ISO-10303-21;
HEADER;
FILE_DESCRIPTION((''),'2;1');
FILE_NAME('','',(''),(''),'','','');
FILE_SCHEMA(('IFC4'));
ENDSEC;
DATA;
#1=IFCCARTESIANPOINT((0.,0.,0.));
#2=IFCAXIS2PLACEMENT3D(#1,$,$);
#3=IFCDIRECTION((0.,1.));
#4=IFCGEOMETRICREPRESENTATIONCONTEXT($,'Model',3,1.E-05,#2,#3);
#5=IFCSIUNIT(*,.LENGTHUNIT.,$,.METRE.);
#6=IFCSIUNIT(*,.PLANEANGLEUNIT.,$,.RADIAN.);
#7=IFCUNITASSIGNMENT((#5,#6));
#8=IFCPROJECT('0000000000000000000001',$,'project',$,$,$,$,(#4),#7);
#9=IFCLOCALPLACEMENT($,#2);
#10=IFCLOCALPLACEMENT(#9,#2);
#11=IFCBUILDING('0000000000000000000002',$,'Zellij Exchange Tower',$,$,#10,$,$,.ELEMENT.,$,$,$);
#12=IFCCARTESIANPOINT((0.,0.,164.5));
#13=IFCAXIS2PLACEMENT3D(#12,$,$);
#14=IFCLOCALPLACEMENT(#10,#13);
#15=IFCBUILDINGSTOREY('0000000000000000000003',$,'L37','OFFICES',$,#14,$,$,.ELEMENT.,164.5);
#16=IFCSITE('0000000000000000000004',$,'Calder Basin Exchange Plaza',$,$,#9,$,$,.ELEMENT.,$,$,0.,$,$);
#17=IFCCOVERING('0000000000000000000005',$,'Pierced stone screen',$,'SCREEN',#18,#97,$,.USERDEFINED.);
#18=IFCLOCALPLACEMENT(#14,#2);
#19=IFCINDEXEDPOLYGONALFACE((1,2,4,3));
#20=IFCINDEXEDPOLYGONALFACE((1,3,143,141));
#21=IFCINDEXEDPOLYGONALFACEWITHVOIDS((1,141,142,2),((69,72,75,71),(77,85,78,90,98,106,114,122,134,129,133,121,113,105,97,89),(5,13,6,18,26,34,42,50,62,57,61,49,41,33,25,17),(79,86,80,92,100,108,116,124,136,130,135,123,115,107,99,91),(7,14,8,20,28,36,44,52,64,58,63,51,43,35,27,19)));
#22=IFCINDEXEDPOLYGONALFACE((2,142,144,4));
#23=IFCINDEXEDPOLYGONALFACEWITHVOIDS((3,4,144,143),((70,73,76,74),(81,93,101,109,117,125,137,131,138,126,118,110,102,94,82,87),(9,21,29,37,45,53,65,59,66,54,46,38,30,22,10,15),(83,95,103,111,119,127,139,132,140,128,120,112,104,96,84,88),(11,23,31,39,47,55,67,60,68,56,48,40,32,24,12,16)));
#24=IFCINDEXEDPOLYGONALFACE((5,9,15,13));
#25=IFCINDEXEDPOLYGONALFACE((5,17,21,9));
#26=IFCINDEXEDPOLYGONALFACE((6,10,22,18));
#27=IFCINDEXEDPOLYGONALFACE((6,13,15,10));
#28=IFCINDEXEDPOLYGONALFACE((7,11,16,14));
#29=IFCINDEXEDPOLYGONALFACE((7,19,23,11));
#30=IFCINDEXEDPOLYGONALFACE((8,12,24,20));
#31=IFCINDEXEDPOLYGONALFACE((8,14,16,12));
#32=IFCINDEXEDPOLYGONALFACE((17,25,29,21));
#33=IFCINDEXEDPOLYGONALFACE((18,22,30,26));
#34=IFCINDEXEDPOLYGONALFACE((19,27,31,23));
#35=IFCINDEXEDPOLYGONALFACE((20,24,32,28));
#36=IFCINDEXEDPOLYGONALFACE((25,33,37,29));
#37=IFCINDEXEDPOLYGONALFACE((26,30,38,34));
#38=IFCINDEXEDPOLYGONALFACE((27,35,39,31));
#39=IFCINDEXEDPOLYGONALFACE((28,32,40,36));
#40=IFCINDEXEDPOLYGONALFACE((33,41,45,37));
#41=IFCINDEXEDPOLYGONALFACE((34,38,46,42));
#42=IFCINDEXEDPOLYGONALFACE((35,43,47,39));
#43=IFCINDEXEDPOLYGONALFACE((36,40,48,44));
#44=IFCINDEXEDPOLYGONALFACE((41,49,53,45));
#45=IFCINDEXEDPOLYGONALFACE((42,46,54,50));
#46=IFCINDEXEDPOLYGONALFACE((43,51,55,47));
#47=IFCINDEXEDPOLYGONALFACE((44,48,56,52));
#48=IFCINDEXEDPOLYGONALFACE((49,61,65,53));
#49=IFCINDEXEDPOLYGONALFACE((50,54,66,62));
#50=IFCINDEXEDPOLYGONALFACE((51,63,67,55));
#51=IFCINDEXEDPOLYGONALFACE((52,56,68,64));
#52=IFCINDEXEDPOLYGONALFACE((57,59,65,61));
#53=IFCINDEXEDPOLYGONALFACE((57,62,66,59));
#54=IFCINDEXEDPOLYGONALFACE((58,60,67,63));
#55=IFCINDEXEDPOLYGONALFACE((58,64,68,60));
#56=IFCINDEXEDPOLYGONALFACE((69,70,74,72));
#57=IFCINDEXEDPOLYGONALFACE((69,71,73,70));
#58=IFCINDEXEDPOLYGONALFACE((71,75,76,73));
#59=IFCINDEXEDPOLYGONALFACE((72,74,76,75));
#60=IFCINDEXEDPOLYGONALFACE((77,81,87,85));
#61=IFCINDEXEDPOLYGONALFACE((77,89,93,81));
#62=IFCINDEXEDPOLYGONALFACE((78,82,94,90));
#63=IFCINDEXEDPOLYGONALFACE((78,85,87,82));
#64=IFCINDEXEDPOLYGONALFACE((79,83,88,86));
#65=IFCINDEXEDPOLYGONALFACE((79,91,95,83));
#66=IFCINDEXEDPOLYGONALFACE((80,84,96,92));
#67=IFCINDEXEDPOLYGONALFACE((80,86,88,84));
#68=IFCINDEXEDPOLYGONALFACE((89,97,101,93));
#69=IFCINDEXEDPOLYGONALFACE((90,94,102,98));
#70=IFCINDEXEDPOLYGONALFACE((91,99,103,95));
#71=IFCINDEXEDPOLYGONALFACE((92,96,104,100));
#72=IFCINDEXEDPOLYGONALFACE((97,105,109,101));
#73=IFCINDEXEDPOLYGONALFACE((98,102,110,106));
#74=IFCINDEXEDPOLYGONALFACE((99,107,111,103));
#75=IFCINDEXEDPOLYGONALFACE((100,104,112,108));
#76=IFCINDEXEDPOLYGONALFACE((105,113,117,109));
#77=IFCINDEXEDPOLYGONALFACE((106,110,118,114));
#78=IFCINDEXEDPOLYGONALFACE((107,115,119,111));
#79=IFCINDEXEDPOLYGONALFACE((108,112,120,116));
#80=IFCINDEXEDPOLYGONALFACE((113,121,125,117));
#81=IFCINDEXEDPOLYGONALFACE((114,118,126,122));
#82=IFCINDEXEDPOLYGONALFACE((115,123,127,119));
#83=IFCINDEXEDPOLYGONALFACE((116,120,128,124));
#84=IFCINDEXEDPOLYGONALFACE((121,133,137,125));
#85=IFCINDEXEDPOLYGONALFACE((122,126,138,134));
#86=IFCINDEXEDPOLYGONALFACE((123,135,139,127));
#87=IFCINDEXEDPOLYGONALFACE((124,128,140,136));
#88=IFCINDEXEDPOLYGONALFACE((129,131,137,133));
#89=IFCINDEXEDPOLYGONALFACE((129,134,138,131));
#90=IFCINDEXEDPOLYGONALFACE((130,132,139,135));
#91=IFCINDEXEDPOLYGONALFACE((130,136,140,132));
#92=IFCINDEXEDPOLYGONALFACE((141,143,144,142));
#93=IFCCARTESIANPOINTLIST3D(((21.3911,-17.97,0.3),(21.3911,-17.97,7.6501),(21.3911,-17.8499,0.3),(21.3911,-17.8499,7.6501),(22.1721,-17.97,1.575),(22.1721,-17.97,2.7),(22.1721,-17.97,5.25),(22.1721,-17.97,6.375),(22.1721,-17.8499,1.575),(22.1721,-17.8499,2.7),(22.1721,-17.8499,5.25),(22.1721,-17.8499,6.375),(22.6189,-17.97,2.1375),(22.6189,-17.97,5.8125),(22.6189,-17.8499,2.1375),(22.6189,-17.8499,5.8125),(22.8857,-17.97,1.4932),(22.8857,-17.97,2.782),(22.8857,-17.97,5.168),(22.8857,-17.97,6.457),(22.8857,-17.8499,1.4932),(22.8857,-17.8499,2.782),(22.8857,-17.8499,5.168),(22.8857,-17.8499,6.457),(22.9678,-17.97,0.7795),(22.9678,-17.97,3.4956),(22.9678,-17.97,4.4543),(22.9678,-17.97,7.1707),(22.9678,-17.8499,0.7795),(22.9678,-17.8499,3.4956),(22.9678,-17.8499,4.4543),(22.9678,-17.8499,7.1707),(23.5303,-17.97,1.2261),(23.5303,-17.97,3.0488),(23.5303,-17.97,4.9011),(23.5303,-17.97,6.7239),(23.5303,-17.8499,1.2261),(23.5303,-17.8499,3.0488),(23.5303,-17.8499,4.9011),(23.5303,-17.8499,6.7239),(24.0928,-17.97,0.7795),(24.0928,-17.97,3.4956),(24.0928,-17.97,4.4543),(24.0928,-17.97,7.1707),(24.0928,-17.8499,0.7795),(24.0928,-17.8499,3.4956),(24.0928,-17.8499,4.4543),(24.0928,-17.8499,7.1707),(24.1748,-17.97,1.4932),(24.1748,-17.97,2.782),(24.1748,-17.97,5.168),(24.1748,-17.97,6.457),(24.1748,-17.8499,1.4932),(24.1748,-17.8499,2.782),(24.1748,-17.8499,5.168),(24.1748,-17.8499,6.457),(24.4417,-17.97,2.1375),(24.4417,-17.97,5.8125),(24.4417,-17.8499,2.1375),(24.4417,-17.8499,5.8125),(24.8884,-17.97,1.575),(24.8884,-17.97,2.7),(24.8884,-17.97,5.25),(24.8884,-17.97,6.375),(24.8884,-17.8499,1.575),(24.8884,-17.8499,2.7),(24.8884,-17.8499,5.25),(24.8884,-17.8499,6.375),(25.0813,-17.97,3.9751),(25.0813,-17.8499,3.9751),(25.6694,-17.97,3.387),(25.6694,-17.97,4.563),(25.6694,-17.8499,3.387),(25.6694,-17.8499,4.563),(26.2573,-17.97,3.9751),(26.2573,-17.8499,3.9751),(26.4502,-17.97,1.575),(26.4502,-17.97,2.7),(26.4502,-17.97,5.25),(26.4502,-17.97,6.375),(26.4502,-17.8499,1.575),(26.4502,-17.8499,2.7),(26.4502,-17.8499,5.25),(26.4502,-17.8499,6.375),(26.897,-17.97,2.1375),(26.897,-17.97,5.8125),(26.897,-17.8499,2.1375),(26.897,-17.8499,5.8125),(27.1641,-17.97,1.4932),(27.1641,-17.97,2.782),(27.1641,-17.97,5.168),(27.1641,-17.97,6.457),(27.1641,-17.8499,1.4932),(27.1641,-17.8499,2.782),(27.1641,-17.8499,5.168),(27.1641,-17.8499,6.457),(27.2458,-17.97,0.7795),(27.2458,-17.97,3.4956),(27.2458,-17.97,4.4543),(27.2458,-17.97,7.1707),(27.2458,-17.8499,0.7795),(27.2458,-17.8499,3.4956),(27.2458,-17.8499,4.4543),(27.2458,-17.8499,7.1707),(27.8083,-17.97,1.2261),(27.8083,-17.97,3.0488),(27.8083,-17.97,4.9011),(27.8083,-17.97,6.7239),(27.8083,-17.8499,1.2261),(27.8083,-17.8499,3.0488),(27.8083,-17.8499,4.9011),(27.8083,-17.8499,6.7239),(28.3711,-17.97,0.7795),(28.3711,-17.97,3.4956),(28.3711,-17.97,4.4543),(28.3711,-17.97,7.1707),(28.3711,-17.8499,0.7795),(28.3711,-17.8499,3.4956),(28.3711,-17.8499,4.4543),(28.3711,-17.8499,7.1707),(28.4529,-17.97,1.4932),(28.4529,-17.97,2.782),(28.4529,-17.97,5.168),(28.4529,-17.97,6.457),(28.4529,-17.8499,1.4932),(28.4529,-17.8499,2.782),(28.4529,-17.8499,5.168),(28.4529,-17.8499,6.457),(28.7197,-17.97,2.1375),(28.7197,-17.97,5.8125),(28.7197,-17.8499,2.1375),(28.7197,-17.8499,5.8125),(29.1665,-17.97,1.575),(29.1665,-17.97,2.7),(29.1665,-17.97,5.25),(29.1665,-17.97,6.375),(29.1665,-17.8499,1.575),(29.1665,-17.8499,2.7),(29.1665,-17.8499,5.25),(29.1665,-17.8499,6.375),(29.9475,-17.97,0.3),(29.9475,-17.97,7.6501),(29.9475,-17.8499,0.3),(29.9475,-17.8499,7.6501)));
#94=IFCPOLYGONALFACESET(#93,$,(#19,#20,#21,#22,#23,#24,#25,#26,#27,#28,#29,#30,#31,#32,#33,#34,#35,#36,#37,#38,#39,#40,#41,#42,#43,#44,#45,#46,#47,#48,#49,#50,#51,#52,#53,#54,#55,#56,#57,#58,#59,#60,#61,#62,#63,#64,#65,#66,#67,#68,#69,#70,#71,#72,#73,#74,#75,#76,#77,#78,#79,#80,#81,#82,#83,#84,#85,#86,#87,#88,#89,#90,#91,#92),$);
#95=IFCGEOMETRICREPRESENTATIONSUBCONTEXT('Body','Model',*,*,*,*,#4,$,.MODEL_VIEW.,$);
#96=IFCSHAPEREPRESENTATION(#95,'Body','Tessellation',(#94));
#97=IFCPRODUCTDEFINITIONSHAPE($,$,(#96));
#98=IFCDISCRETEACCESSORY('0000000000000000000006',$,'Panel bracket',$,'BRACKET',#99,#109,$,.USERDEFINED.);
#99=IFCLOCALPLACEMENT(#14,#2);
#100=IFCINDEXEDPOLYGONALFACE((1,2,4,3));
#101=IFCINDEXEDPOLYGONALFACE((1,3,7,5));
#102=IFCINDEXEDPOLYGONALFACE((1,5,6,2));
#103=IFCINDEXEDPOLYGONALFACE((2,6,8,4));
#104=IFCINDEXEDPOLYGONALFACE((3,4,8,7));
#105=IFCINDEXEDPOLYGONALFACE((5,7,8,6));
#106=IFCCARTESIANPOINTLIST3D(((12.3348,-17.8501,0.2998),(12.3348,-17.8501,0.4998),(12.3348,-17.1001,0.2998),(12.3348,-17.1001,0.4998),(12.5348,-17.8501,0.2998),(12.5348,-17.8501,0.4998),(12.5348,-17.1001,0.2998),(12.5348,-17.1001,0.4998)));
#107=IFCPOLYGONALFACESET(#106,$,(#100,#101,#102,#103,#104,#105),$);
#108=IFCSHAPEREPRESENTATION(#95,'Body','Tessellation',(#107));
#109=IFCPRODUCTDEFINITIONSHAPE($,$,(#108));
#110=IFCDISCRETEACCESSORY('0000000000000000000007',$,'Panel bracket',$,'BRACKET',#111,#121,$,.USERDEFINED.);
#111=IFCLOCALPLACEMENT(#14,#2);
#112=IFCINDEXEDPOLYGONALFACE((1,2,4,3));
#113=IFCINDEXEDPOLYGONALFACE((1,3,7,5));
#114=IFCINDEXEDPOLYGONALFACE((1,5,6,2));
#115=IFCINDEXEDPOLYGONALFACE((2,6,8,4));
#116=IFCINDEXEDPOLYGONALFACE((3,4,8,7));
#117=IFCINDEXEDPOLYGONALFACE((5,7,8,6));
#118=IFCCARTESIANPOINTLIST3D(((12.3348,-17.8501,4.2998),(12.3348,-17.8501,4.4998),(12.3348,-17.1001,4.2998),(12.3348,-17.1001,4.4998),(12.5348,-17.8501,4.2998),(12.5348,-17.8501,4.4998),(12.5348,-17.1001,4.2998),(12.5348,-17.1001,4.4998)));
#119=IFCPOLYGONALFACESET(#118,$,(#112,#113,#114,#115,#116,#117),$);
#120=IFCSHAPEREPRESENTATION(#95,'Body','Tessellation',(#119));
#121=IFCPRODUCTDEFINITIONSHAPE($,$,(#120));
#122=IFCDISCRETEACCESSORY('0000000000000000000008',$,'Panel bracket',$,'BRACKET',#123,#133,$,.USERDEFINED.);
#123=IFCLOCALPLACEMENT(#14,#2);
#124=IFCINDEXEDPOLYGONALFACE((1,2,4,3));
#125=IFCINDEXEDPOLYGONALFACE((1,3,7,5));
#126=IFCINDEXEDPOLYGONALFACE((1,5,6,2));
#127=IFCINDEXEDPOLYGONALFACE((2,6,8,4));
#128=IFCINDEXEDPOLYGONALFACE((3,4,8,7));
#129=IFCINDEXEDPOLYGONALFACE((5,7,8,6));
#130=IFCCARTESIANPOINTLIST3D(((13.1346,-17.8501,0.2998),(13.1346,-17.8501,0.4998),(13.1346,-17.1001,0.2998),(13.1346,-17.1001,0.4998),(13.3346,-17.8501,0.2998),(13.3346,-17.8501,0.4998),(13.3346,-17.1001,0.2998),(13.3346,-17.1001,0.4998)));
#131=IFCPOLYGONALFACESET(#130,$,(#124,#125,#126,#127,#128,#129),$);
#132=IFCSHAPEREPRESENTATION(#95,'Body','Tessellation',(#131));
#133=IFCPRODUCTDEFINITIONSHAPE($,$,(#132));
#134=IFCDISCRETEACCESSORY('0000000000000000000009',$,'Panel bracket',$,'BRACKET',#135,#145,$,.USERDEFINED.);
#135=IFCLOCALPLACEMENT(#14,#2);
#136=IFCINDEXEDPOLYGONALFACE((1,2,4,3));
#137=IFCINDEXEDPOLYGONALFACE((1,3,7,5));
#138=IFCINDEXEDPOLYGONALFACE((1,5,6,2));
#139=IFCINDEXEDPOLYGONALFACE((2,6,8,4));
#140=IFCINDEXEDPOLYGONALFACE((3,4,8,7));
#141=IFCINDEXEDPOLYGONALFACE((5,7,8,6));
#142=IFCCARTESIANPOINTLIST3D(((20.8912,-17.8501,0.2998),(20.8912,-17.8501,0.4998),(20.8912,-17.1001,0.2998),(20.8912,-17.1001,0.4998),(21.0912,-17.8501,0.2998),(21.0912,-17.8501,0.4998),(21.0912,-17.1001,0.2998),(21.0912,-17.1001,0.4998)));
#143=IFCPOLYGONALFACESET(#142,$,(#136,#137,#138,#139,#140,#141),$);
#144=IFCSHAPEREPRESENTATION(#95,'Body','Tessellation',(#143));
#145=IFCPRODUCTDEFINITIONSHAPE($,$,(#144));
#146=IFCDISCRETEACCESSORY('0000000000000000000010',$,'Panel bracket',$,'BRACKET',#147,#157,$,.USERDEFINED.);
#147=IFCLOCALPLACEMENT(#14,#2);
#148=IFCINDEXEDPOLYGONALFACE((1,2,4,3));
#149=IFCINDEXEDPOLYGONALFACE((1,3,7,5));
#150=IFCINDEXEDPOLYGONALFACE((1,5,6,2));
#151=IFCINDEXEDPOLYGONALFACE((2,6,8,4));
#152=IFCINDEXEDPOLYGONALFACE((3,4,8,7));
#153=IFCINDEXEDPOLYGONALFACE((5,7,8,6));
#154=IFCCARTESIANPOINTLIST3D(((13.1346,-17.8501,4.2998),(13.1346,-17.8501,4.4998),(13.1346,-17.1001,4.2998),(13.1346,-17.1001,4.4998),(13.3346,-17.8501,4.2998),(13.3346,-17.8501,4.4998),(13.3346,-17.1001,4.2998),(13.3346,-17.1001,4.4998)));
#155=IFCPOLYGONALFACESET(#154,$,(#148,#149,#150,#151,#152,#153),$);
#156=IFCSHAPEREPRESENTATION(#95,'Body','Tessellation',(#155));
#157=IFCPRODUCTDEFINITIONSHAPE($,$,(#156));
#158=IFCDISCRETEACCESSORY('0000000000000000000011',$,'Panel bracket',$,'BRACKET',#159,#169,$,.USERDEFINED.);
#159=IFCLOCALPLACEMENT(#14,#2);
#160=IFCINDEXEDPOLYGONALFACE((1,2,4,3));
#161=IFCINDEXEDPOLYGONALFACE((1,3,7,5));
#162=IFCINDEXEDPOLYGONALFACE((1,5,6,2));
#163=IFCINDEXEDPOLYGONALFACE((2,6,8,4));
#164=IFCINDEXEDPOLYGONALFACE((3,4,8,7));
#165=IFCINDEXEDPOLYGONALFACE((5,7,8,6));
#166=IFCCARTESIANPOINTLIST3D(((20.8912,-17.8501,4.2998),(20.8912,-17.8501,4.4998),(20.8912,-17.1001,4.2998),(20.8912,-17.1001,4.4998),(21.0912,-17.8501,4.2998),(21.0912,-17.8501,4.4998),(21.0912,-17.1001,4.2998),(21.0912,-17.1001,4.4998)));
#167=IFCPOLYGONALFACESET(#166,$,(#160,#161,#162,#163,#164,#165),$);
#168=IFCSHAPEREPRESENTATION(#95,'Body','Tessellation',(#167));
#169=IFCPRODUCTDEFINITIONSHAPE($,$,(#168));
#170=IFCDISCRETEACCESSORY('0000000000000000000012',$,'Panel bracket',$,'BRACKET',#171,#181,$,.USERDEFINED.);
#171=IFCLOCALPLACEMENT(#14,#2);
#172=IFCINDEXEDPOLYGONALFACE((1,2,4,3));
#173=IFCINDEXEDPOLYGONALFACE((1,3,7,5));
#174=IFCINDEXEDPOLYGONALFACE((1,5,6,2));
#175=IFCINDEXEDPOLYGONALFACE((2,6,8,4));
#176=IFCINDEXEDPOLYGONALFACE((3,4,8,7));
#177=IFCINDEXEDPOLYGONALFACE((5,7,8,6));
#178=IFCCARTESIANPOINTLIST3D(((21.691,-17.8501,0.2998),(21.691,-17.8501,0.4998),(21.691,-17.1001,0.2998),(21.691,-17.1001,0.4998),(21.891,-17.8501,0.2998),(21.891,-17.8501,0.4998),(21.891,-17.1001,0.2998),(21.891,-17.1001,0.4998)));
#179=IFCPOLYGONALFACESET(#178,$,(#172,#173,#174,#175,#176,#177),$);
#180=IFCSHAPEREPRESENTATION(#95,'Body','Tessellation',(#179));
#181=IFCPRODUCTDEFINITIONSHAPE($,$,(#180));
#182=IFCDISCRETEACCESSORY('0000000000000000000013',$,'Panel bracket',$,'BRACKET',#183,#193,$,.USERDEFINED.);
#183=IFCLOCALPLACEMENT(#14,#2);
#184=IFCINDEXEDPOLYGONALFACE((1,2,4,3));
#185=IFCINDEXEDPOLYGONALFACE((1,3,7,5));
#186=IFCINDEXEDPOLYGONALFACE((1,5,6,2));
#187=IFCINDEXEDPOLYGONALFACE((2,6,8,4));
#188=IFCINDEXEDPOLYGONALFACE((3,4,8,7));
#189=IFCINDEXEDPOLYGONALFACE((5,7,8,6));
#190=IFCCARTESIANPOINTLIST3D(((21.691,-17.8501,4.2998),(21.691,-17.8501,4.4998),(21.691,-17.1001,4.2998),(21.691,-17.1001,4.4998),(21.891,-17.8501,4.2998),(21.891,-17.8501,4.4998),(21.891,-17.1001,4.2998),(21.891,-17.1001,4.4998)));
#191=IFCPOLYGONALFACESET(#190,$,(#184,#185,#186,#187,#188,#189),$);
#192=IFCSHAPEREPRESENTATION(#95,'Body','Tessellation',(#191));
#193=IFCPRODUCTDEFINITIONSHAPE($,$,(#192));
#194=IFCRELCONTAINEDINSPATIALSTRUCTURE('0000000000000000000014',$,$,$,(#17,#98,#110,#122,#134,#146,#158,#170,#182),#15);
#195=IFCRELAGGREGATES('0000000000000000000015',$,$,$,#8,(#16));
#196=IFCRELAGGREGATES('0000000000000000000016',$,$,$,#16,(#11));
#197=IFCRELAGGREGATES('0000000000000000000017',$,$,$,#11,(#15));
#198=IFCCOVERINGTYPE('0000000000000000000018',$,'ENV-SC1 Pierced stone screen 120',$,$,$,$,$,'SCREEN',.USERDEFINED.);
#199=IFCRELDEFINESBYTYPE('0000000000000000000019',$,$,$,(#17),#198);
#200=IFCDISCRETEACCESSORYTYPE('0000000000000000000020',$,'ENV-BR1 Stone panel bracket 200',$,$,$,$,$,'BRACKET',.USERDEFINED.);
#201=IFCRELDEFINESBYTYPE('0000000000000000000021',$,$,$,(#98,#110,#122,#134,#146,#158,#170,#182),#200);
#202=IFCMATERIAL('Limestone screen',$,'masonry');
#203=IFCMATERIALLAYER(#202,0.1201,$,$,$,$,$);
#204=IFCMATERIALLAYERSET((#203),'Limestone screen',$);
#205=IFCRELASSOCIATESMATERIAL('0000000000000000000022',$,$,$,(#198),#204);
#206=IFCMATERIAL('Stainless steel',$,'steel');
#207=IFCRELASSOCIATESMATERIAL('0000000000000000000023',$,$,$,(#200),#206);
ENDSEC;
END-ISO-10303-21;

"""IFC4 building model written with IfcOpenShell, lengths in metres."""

from ifc_helpers import new_model, si_unit, direction, frame, origin, origin_2d, place, context, subcontext, project, spatial, polyline, rectangle, outline, extrude, material, layer, layer_set, type_object, element, save


model = new_model("IFC4")

# Units and contexts
model_context = context("Model", 3, precision=1e-05, world=origin(), true_north=direction((0.0, 1.0)))
body_context = subcontext(model_context, "Body", "Model", "MODEL_VIEW")
ifc_project = project(units=[si_unit("LENGTHUNIT", "METRE"), si_unit("PLANEANGLEUNIT", "RADIAN")], contexts=[model_context])

# Site, building, storey
site_placement = place(None, origin())
site = spatial("IfcSite", under=ifc_project, at=site_placement, Name="Calder Basin Exchange Plaza", CompositionType="ELEMENT", RefElevation=0.0)
building_placement = place(site_placement, origin())
building = spatial("IfcBuilding", under=site, at=building_placement, Name="Zellij Exchange Tower", CompositionType="ELEMENT")
storey_placement = place(building_placement, frame((0.0, 0.0, 164.5)))
storey = spatial("IfcBuildingStorey", under=building, at=storey_placement, Name="L37", Description="OFFICES", CompositionType="ELEMENT", Elevation=164.5)

# Covering
ifc_material_1 = material(Name="Limestone screen", Category="masonry")
ifc_layer_1 = layer(ifc_material_1, 0.1201)
ifc_layer_set_1 = layer_set([ifc_layer_1], Name="Limestone screen")
covering_type = type_object("IfcCoveringType", Name="ENV-SC1 Pierced stone screen 120", ElementType="SCREEN", PredefinedType="USERDEFINED", material=ifc_layer_set_1)
covering_1_placement = place(storey_placement, frame((21.3911, -17.9099, 0.3), z_axis=(0.0, 0.0, 1.0), x_axis=(1.0, 0.0, 0.0)))
element("IfcCovering", 1, at=covering_1_placement, inside=storey, type_object=covering_type, Name="Pierced stone screen", ObjectType="SCREEN", PredefinedType="USERDEFINED", context=body_context, shape_type="SweptSolid", body=[
    extrude(outline(polyline([(0.0, 0.0), (8.5564, 0.0), (8.5564, 7.3501), (0.0, 7.3501), (0.0, 0.0)]), holes=[polyline([(3.4973, 2.3999), (2.7837, 2.4819), (2.7017, 3.1956), (2.1392, 2.7488), (1.5767, 3.1956), (1.4946, 2.4819), (0.781, 2.3999), (1.2278, 1.8374), (0.781, 1.2749), (1.4946, 1.1931), (1.5767, 0.4795), (2.1392, 0.926), (2.7017, 0.4795), (2.7837, 1.1931), (3.4973, 1.2749), (3.0505, 1.8374), (3.4973, 2.3999)]), polyline([(3.4973, 6.075), (2.7837, 6.157), (2.7017, 6.8706), (2.1392, 6.4238), (1.5767, 6.8706), (1.4946, 6.157), (0.781, 6.075), (1.2278, 5.5125), (0.781, 4.95), (1.4946, 4.8679), (1.5767, 4.1543), (2.1392, 4.6011), (2.7017, 4.1543), (2.7837, 4.8679), (3.4973, 4.95), (3.0505, 5.5125), (3.4973, 6.075)]), polyline([(7.7754, 2.3999), (7.0618, 2.4819), (6.98, 3.1956), (6.4172, 2.7488), (5.8547, 3.1956), (5.7729, 2.4819), (5.0591, 2.3999), (5.5059, 1.8374), (5.0591, 1.2749), (5.7729, 1.1931), (5.8547, 0.4795), (6.4172, 0.926), (6.98, 0.4795), (7.0618, 1.1931), (7.7754, 1.2749), (7.3286, 1.8374), (7.7754, 2.3999)]), polyline([(7.7754, 6.075), (7.0618, 6.157), (6.98, 6.8706), (6.4172, 6.4238), (5.8547, 6.8706), (5.7729, 6.157), (5.0591, 6.075), (5.5059, 5.5125), (5.0591, 4.95), (5.7729, 4.8679), (5.8547, 4.1543), (6.4172, 4.6011), (6.98, 4.1543), (7.0618, 4.8679), (7.7754, 4.95), (7.3286, 5.5125), (7.7754, 6.075)]), polyline([(4.8662, 3.675), (4.2783, 4.2629), (3.6902, 3.675), (4.2783, 3.0869), (4.8662, 3.675)])]), frame((0.0, 0.0601, 0.0), z_axis=(0.0, -1.0, 0.0), x_axis=(1.0, 0.0, 0.0)), (0.0, 0.0, 1.0), 0.1201),
])

# Discrete accessories
ifc_material_2 = material(Name="Stainless steel", Category="steel")
discrete_accessory_type = type_object("IfcDiscreteAccessoryType", Name="ENV-BR1 Stone panel bracket 200", ElementType="BRACKET", PredefinedType="USERDEFINED", material=ifc_material_2)
for number, where, z_axis, x_axis, name in (
    (2, (12.4348, -17.4751, 0.2998), (0.0, 0.0, 1.0), (1.0, 0.0, 0.0), "Panel bracket"),
    (3, (12.4348, -17.4751, 4.2998), (0.0, 0.0, 1.0), (1.0, 0.0, 0.0), "Panel bracket"),
    (4, (13.2346, -17.4751, 0.2998), (0.0, 0.0, 1.0), (1.0, 0.0, 0.0), "Panel bracket"),
    (5, (20.9912, -17.4751, 0.2998), (0.0, 0.0, 1.0), (1.0, 0.0, 0.0), "Panel bracket"),
    (6, (13.2346, -17.4751, 4.2998), (0.0, 0.0, 1.0), (1.0, 0.0, 0.0), "Panel bracket"),
    (7, (20.9912, -17.4751, 4.2998), (0.0, 0.0, 1.0), (1.0, 0.0, 0.0), "Panel bracket"),
    (8, (21.791, -17.4751, 0.2998), (0.0, 0.0, 1.0), (1.0, 0.0, 0.0), "Panel bracket"),
    (9, (21.791, -17.4751, 4.2998), (0.0, 0.0, 1.0), (1.0, 0.0, 0.0), "Panel bracket"),
):
    element("IfcDiscreteAccessory", number, at=place(storey_placement, frame(where, z_axis=z_axis, x_axis=x_axis)), inside=storey, type_object=discrete_accessory_type, Name=name, ObjectType="BRACKET", PredefinedType="USERDEFINED", context=body_context, shape_type="SweptSolid", body=[
        extrude(rectangle(XDim=0.2, YDim=0.75, at=origin_2d()), origin(), (0.0, 0.0, 1.0), 0.2),
    ])

save(model, "model.ifc")
